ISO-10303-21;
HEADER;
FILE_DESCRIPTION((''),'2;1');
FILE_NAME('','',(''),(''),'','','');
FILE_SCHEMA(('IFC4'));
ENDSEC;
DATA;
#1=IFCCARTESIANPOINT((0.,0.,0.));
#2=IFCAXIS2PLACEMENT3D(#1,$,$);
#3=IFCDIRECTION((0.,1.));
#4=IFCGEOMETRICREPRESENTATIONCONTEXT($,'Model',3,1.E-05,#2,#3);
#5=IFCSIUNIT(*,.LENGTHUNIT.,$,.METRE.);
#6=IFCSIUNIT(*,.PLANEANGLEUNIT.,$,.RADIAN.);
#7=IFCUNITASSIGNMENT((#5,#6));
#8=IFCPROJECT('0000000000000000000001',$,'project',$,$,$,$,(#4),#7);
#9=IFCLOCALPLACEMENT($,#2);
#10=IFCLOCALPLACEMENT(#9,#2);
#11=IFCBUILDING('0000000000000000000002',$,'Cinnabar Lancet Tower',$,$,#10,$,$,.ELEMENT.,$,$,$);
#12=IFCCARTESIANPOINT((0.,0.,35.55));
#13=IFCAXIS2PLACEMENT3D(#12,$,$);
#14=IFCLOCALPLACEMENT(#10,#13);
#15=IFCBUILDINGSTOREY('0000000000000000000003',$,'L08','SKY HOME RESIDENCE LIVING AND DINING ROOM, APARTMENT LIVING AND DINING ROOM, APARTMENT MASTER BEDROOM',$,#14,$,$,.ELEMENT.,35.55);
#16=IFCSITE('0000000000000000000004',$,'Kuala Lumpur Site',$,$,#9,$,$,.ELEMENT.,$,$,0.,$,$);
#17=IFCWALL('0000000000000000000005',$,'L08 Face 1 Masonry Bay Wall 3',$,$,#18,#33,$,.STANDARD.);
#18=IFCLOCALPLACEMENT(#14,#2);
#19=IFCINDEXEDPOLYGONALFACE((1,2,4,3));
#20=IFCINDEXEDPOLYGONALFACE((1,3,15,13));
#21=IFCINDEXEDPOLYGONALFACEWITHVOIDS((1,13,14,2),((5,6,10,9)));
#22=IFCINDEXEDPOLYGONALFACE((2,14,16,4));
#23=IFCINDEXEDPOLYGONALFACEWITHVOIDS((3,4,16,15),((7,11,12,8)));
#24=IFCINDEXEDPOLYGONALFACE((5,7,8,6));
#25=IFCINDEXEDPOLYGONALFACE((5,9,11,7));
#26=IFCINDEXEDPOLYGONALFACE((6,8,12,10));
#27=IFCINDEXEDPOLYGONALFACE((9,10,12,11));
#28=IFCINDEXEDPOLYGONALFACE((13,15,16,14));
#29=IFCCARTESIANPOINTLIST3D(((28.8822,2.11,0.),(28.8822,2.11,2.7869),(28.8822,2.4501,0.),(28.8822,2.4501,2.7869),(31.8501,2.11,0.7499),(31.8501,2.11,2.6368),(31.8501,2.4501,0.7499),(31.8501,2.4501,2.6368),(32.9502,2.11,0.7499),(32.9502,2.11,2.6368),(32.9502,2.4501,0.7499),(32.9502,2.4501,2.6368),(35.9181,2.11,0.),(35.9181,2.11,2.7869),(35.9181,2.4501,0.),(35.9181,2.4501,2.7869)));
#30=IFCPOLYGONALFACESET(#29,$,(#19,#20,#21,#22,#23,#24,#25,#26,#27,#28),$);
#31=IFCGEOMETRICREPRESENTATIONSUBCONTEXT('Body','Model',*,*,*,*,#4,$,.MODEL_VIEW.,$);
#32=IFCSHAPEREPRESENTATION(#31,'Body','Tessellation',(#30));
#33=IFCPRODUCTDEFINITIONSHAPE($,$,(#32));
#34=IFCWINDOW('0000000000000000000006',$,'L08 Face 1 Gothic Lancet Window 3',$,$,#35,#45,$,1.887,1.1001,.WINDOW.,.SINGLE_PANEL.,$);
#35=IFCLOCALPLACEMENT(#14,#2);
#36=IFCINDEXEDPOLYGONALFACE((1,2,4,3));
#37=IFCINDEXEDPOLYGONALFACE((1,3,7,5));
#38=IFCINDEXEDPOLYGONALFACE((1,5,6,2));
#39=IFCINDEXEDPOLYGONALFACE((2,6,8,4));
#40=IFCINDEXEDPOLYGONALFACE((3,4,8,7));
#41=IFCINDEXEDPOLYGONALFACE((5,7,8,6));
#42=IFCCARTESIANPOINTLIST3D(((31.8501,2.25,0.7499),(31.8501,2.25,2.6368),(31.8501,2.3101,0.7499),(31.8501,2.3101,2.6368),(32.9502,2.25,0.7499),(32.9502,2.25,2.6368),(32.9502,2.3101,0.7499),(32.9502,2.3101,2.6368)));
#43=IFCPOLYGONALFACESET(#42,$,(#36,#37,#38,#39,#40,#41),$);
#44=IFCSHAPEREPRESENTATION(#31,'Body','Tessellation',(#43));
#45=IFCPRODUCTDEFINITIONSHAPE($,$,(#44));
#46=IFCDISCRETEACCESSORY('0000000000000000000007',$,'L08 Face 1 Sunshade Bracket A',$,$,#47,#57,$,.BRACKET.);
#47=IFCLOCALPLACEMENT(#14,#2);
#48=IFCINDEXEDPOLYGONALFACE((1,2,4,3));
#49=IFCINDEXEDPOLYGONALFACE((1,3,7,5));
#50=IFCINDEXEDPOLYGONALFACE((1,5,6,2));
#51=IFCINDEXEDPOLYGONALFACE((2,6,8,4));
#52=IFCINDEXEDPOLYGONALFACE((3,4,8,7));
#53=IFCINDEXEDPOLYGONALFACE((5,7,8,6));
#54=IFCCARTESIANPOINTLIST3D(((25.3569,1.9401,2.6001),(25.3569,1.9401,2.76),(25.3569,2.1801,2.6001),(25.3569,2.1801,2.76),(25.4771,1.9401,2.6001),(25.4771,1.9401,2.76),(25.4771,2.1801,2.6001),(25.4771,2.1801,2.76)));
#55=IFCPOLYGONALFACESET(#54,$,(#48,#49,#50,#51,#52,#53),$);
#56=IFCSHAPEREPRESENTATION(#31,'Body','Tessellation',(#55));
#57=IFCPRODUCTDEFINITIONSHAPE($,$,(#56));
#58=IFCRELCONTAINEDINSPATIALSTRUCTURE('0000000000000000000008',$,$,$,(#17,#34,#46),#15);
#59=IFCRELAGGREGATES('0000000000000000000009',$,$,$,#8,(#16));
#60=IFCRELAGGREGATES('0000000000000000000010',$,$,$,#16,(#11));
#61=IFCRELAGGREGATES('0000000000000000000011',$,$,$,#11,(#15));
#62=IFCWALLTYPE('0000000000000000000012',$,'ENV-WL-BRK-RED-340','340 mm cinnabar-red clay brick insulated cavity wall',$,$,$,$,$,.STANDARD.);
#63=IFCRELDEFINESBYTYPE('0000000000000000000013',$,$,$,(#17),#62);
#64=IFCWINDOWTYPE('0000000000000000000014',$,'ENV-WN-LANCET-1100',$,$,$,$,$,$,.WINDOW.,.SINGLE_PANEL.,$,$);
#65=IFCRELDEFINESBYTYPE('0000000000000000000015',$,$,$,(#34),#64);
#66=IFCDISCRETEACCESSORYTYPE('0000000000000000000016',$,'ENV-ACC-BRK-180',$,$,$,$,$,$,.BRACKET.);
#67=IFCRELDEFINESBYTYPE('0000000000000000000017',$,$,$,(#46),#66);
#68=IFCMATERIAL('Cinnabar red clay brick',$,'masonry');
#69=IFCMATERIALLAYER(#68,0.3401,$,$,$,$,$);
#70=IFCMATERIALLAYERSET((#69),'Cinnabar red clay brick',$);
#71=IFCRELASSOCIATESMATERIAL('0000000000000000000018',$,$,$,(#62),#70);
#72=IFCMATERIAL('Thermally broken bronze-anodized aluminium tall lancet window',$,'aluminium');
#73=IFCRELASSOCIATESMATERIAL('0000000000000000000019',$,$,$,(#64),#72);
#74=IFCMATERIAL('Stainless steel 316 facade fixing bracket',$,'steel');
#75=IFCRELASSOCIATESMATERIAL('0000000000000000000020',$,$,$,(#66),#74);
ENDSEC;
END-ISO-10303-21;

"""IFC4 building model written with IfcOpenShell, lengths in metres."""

from ifc_helpers import new_model, si_unit, direction, frame, frame_2d, origin, origin_2d, place, context, subcontext, project, spatial, rectangle, extrude, material, layer, layer_set, type_object, element, fill, save


model = new_model("IFC4")

# Units and contexts
model_context = context("Model", 3, precision=1e-05, world=origin(), true_north=direction((0.0, 1.0)))
body_context = subcontext(model_context, "Body", "Model", "MODEL_VIEW")
ifc_project = project(units=[si_unit("LENGTHUNIT", "METRE"), si_unit("PLANEANGLEUNIT", "RADIAN")], contexts=[model_context])

# Site, building, storey
site_placement = place(None, origin())
site = spatial("IfcSite", under=ifc_project, at=site_placement, Name="Kuala Lumpur Site", CompositionType="ELEMENT", RefElevation=0.0)
building_placement = place(site_placement, origin())
building = spatial("IfcBuilding", under=site, at=building_placement, Name="Cinnabar Lancet Tower", CompositionType="ELEMENT")
storey_placement = place(building_placement, frame((0.0, 0.0, 35.55)))
storey = spatial("IfcBuildingStorey", under=building, at=storey_placement, Name="L08", Description="SKY HOME RESIDENCE LIVING AND DINING ROOM, APARTMENT LIVING AND DINING ROOM, APARTMENT MASTER BEDROOM", CompositionType="ELEMENT", Elevation=35.55)

# Shared definitions
ifc_material_1 = material(Name="Cinnabar red clay brick", Category="masonry")
ifc_layer_1 = layer(ifc_material_1, 0.3401)
ifc_layer_set_1 = layer_set([ifc_layer_1], Name="Cinnabar red clay brick")
wall_type_1 = type_object("IfcWallType", Name="ENV-WL-BRK-RED-340", Description="340 mm cinnabar-red clay brick insulated cavity wall", PredefinedType="STANDARD", material=ifc_layer_set_1)

# Wall, opening, window
ifc_material_2 = material(Name="Thermally broken bronze-anodized aluminium tall lancet window", Category="aluminium")
window_type = type_object("IfcWindowType", Name="ENV-WN-LANCET-1100", PartitioningType="SINGLE_PANEL", PredefinedType="WINDOW", material=ifc_material_2)
wall_1_placement = place(storey_placement, frame((28.8821, 2.28, 0.0), z_axis=(0.0, 0.0, 1.0), x_axis=(1.0, 0.0, 0.0)))
wall_1 = element("IfcWall", 1, at=wall_1_placement, inside=storey, type_object=wall_type_1, Name="L08 Face 1 Masonry Bay Wall 3", PredefinedType="STANDARD", context=body_context, shape_type="SweptSolid", body=[
    extrude(rectangle(XDim=7.0359, YDim=0.3401, at=frame_2d((3.5181, 0.0))), origin(), (0.0, 0.0, 1.0), 2.7869),
])
opening_1_placement = place(wall_1_placement, frame((2.968, 0.0, 0.75)))
opening_1 = element("IfcOpeningElement", 2, at=opening_1_placement, cuts=wall_1, PredefinedType="OPENING", context=body_context, shape_type="SweptSolid", body=[
    extrude(rectangle(XDim=1.1001, YDim=1.887, at=frame_2d((0.55, 0.9434))), frame((0.0, 0.1799, 0.0), z_axis=(0.0, -1.0, 0.0), x_axis=(1.0, 0.0, 0.0)), (0.0, 0.0, 1.0), 0.3601),
])
window_1_placement = place(opening_1_placement, origin())
window_1 = element("IfcWindow", 3, at=window_1_placement, inside=storey, type_object=window_type, Name="L08 Face 1 Gothic Lancet Window 3", OverallHeight=1.887, OverallWidth=1.1001, PartitioningType="SINGLE_PANEL", PredefinedType="WINDOW", context=body_context, shape_type="SweptSolid", body=[
    extrude(rectangle(XDim=1.1001, YDim=1.887, at=frame_2d((0.55, 0.9434))), frame((0.0, 0.03, 0.0), z_axis=(0.0, -1.0, 0.0), x_axis=(1.0, 0.0, 0.0)), (0.0, 0.0, 1.0), 0.0601),
])
fill(opening_1, window_1)

# Discrete accessory
ifc_material_3 = material(Name="Stainless steel 316 facade fixing bracket", Category="steel")
discrete_accessory_type = type_object("IfcDiscreteAccessoryType", Name="ENV-ACC-BRK-180", PredefinedType="BRACKET", material=ifc_material_3)
discrete_accessory_placement = place(storey_placement, frame((25.417, 2.0601, 2.6001), z_axis=(0.0, 0.0, 1.0), x_axis=(1.0, 0.0, 0.0)))
element("IfcDiscreteAccessory", 4, at=discrete_accessory_placement, inside=storey, type_object=discrete_accessory_type, Name="L08 Face 1 Sunshade Bracket A", PredefinedType="BRACKET", context=body_context, shape_type="SweptSolid", body=[
    extrude(rectangle(XDim=0.1201, YDim=0.24, at=origin_2d()), origin(), (0.0, 0.0, 1.0), 0.1599),
])

save(model, "model.ifc")
